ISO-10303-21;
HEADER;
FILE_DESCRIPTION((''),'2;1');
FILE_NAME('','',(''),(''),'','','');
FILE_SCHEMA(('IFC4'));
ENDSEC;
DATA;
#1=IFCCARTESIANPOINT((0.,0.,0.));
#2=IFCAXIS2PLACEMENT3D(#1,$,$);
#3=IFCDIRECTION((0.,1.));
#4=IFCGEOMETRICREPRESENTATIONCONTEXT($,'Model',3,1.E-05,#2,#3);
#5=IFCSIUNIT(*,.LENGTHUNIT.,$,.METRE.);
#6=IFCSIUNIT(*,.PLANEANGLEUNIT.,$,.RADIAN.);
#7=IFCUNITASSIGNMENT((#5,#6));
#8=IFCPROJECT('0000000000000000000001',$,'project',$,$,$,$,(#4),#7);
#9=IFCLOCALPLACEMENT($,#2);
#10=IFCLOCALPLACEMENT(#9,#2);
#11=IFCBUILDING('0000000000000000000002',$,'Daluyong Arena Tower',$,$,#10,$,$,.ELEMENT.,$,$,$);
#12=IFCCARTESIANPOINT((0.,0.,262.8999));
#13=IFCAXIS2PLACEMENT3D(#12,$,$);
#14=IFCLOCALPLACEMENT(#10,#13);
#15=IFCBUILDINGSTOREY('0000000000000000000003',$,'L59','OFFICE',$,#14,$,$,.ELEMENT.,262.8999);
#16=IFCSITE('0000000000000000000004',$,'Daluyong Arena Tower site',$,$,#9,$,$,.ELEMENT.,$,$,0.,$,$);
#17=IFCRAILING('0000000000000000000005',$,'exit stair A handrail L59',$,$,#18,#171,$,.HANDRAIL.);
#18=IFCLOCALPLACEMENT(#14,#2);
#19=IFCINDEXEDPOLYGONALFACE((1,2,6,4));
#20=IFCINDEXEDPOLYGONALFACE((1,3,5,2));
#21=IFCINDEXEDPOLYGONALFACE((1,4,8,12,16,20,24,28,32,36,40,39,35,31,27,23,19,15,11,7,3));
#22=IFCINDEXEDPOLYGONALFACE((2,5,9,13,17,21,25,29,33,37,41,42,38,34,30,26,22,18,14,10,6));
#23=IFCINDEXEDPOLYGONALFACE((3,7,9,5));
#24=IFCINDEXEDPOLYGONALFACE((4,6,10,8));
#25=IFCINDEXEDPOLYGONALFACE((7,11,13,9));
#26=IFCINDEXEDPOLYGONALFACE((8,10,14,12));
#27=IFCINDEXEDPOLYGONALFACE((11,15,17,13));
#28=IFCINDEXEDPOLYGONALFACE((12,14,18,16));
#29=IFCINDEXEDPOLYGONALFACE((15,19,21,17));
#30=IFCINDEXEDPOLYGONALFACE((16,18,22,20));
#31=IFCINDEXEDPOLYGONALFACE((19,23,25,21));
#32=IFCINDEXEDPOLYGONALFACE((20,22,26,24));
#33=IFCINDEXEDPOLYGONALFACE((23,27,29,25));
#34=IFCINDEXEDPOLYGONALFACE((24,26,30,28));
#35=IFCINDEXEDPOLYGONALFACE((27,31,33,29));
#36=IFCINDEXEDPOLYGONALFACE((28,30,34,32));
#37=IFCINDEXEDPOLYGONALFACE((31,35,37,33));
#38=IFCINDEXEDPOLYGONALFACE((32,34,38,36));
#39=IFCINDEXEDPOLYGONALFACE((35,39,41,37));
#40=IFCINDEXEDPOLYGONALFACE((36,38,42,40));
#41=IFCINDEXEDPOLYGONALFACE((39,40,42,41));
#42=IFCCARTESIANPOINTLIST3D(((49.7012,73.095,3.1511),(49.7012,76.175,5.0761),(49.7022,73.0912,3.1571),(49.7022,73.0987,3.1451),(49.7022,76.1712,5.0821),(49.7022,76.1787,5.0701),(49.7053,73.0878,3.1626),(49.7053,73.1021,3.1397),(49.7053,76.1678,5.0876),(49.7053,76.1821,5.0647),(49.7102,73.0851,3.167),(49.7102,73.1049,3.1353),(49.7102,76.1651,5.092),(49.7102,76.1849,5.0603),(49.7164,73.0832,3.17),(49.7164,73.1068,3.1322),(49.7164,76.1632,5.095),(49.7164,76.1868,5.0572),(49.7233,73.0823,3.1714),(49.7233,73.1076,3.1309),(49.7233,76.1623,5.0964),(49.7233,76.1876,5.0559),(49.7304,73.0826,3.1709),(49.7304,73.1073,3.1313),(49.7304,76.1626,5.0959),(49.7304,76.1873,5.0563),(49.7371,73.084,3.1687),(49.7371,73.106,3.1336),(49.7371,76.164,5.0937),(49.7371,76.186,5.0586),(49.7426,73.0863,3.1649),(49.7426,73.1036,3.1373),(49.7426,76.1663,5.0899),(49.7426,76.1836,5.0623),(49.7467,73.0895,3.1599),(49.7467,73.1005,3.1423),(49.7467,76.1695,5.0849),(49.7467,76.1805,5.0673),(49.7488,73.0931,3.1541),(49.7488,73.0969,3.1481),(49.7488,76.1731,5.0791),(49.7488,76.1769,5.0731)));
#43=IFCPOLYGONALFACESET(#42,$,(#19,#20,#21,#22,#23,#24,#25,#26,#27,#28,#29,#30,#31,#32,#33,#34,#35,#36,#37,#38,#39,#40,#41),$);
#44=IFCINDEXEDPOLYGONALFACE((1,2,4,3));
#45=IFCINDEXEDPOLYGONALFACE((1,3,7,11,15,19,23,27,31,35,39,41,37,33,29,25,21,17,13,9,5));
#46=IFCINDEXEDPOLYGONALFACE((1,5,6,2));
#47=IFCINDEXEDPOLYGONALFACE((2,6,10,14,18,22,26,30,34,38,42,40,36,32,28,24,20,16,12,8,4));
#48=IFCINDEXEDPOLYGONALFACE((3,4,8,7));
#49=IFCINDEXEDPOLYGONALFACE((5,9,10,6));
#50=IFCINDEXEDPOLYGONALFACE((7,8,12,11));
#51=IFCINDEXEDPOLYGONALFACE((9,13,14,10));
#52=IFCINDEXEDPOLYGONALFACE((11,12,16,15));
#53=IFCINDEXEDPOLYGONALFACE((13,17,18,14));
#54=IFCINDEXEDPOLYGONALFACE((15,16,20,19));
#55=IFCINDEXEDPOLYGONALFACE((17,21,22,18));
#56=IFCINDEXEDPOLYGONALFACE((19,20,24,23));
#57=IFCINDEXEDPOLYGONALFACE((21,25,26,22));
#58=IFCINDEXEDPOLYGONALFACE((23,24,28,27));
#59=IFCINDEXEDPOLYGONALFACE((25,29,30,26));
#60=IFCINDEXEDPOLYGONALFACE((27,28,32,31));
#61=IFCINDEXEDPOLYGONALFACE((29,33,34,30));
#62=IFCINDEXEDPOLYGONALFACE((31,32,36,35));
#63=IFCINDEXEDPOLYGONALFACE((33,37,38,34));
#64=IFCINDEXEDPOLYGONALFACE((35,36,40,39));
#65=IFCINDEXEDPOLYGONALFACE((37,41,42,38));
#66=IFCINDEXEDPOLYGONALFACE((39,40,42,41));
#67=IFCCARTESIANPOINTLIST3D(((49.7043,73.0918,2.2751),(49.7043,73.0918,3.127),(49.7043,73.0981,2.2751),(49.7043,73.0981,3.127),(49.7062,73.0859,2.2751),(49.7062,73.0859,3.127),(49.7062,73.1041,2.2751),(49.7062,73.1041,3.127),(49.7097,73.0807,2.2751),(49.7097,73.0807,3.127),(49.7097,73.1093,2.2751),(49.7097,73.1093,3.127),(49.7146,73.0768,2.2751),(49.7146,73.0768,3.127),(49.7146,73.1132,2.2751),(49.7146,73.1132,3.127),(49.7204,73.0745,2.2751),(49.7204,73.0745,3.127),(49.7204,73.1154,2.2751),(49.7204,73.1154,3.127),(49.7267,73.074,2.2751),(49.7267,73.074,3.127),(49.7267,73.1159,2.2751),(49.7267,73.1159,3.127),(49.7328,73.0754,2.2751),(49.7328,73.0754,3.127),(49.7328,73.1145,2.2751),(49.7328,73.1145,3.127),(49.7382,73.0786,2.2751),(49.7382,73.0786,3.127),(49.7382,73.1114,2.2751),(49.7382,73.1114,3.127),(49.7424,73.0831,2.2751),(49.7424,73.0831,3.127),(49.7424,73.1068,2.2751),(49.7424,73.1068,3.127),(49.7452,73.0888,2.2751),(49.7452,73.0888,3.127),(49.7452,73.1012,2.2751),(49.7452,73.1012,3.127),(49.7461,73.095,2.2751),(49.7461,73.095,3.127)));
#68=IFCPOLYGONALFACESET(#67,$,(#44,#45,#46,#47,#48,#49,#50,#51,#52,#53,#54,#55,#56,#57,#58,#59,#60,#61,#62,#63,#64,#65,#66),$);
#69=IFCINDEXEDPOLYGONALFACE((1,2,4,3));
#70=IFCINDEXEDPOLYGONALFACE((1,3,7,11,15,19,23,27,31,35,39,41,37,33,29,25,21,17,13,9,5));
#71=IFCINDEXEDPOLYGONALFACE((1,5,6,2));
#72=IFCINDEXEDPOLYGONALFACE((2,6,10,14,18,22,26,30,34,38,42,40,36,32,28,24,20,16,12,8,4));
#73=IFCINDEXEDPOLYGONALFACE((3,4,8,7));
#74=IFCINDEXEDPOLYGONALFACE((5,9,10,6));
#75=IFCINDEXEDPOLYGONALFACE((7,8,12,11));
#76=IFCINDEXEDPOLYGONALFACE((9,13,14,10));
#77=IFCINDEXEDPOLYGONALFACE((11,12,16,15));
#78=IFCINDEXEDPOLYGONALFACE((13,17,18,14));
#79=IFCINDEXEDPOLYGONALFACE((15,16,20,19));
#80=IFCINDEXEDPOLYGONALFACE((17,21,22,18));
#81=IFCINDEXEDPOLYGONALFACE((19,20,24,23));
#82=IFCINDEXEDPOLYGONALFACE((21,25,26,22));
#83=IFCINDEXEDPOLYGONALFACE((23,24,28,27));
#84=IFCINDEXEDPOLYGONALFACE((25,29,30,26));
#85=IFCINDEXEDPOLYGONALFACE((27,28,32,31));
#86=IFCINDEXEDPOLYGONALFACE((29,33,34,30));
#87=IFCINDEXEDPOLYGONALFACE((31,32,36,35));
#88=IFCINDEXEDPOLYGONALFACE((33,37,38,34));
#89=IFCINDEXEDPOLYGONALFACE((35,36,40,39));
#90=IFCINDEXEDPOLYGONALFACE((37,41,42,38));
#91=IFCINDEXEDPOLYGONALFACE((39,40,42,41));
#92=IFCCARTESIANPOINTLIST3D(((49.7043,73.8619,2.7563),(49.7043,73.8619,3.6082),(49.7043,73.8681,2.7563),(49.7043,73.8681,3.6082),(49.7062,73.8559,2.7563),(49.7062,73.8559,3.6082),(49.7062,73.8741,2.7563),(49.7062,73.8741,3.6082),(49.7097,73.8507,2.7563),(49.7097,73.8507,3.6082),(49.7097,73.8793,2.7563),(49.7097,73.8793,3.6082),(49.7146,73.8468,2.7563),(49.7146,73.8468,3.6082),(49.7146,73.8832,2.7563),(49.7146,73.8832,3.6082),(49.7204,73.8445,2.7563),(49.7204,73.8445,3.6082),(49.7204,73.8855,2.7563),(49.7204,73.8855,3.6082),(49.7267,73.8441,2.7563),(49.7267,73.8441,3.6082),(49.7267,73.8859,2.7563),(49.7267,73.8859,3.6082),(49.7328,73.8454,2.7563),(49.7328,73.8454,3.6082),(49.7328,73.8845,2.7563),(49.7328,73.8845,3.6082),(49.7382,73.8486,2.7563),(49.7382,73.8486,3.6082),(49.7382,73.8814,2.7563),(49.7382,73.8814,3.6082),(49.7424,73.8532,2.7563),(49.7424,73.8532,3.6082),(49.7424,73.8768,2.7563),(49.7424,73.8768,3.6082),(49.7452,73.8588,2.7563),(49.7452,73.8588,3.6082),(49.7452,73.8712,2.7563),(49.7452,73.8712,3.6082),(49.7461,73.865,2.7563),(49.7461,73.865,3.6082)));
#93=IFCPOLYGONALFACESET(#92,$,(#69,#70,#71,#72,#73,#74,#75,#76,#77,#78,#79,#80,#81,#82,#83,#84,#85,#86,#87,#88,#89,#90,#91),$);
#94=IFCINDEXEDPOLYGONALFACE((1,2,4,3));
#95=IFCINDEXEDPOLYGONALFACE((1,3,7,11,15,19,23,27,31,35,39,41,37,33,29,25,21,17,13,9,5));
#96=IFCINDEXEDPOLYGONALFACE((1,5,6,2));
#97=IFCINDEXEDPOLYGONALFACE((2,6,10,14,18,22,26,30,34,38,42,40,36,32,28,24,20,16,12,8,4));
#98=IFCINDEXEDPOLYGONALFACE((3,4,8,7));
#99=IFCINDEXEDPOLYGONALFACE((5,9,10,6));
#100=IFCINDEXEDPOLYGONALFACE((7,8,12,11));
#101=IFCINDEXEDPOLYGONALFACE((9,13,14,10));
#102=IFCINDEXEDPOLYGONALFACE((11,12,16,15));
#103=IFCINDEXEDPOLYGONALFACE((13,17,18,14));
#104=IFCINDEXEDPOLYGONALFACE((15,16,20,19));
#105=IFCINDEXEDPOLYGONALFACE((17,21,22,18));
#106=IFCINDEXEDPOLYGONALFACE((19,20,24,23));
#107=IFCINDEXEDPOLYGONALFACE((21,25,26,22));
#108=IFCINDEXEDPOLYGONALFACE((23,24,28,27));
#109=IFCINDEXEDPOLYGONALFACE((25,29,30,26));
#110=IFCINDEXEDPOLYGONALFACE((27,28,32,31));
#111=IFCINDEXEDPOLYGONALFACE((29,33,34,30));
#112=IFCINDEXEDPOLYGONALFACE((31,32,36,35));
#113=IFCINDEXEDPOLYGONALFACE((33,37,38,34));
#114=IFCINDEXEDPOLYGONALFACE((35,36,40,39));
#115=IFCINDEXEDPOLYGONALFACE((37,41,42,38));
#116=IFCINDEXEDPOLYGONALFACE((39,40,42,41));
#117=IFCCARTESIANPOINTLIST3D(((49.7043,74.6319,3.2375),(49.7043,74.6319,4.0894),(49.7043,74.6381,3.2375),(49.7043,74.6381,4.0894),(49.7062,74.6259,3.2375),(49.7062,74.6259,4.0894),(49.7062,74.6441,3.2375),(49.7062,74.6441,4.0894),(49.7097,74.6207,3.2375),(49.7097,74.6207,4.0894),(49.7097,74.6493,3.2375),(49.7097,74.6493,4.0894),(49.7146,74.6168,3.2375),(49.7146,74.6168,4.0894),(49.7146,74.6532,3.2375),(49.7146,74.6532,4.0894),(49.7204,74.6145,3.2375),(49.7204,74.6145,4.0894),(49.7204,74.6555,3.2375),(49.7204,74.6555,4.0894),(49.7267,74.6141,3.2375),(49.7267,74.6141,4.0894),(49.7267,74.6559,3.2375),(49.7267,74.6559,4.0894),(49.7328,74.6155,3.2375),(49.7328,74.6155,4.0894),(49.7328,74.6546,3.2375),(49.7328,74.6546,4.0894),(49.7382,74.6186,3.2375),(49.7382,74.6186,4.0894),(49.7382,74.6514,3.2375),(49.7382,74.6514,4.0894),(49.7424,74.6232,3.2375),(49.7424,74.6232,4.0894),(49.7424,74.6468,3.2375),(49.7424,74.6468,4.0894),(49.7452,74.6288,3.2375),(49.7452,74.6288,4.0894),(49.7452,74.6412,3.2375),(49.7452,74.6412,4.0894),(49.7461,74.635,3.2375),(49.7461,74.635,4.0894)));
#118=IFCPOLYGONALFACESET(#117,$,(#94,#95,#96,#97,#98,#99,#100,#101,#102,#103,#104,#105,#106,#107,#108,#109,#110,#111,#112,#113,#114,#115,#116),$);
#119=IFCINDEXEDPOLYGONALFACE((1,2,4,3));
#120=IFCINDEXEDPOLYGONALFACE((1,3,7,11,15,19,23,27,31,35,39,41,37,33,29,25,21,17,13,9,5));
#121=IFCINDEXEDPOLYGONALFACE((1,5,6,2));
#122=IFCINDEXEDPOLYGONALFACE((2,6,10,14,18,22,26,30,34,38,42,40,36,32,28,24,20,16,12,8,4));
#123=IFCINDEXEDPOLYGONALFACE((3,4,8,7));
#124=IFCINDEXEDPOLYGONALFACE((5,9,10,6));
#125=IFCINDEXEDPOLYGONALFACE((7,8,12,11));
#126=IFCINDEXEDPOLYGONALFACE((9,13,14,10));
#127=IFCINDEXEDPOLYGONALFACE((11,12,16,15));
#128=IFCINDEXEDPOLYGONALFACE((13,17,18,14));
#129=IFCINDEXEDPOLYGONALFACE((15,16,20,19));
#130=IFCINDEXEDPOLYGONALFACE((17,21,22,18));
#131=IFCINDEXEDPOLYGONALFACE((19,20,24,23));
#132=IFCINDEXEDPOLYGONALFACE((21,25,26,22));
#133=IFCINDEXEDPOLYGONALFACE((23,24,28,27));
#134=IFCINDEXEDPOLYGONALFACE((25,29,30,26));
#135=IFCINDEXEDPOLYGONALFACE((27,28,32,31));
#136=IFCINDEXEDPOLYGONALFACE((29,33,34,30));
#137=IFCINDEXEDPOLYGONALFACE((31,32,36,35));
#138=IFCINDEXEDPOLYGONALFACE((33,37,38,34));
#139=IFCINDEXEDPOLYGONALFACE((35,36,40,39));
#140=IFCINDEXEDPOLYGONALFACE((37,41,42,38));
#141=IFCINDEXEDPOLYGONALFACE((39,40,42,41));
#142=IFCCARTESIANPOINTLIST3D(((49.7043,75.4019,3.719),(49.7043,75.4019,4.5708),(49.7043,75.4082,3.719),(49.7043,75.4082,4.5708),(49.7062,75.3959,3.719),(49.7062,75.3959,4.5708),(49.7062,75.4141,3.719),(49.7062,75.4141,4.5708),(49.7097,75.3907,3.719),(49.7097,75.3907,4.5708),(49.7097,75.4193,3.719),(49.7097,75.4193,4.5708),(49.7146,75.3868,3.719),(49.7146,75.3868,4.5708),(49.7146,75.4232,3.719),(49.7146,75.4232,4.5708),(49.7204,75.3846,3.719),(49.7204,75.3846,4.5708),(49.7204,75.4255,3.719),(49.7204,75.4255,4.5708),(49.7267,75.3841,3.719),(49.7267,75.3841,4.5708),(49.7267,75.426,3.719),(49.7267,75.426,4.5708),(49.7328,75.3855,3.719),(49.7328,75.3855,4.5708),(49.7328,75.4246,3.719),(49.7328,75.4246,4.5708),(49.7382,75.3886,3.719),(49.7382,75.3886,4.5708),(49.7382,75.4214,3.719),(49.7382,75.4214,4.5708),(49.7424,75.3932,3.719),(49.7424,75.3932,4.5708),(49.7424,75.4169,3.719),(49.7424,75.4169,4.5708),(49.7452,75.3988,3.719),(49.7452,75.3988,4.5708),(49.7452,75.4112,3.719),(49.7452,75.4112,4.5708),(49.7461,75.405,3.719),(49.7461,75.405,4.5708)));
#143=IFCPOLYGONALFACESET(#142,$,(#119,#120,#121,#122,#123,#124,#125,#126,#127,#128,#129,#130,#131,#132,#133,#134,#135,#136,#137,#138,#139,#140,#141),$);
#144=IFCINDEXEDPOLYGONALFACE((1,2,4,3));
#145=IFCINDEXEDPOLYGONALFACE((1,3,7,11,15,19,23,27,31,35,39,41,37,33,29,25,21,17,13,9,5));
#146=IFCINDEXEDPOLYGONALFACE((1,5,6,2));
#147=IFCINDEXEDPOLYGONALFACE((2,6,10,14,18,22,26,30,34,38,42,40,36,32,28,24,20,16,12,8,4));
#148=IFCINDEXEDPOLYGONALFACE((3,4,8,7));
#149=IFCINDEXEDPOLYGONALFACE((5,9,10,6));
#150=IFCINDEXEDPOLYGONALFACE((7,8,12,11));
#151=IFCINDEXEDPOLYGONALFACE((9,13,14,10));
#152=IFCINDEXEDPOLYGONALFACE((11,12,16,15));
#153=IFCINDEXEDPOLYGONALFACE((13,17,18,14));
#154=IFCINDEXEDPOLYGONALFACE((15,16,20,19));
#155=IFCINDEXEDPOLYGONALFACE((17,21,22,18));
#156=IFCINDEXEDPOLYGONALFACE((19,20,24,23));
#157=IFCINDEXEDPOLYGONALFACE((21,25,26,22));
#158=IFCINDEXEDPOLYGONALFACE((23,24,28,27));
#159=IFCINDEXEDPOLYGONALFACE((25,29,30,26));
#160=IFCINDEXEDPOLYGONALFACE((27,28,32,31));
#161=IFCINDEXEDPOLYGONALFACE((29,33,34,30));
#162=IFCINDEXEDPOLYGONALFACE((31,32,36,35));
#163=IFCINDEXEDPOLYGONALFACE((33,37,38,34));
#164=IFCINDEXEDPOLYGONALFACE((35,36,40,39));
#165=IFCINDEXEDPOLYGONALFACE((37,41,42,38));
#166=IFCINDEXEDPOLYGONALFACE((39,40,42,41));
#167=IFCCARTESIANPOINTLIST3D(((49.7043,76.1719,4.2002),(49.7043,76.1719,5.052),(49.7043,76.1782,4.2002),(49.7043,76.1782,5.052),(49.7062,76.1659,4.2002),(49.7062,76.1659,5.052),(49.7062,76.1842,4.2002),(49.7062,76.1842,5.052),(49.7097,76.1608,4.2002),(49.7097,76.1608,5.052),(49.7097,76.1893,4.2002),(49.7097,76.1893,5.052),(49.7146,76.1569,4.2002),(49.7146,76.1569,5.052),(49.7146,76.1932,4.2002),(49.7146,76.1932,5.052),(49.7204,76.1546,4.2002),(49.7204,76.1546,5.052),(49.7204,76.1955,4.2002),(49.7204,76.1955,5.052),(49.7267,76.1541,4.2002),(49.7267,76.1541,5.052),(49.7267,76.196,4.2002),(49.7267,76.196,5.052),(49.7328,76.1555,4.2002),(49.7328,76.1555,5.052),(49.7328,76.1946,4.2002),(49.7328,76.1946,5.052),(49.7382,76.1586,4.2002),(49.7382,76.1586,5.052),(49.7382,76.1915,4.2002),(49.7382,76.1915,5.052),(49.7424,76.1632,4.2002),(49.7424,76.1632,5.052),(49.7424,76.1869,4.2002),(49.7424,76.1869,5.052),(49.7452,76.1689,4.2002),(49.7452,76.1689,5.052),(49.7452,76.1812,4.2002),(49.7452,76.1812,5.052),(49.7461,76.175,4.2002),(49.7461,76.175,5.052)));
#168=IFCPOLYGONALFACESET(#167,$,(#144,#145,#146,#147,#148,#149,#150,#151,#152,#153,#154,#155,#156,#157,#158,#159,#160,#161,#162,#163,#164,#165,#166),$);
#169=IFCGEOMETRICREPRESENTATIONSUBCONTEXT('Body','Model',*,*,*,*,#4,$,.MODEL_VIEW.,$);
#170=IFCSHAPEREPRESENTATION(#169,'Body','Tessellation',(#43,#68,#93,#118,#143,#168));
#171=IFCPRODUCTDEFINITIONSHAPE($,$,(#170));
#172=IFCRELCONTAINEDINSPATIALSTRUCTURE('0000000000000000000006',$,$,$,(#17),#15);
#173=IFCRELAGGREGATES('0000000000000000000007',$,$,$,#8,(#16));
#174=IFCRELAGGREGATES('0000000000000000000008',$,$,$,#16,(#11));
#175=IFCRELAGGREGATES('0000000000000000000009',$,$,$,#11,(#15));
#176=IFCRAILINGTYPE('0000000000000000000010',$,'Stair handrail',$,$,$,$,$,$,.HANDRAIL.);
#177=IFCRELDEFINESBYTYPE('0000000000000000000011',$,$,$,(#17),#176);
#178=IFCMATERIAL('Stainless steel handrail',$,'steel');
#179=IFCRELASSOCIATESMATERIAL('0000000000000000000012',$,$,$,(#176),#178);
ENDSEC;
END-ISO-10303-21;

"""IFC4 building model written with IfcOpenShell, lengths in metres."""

from ifc_helpers import new_model, si_unit, direction, frame, origin, origin_2d, place, context, subcontext, project, spatial, circle, extrude, material, type_object, element, save


model = new_model("IFC4")

# Units and contexts
model_context = context("Model", 3, precision=1e-05, world=origin(), true_north=direction((0.0, 1.0)))
body_context = subcontext(model_context, "Body", "Model", "MODEL_VIEW")
ifc_project = project(units=[si_unit("LENGTHUNIT", "METRE"), si_unit("PLANEANGLEUNIT", "RADIAN")], contexts=[model_context])

# Site, building, storey
site_placement = place(None, origin())
site = spatial("IfcSite", under=ifc_project, at=site_placement, Name="Daluyong Arena Tower site", CompositionType="ELEMENT", RefElevation=0.0)
building_placement = place(site_placement, origin())
building = spatial("IfcBuilding", under=site, at=building_placement, Name="Daluyong Arena Tower", CompositionType="ELEMENT")
storey_placement = place(building_placement, frame((0.0, 0.0, 262.8999)))
storey = spatial("IfcBuildingStorey", under=building, at=storey_placement, Name="L59", Description="OFFICE", CompositionType="ELEMENT", Elevation=262.8999)

# Railing
ifc_material_1 = material(Name="Stainless steel handrail", Category="steel")
railing_type_1 = type_object("IfcRailingType", Name="Stair handrail", PredefinedType="HANDRAIL", material=ifc_material_1)
railing_1_placement = place(storey_placement, frame((49.7251, 73.095, 2.2751)))
element("IfcRailing", 1, at=railing_1_placement, inside=storey, type_object=railing_type_1, Name="exit stair A handrail L59", PredefinedType="HANDRAIL", context=body_context, shape_type="SweptSolid", body=[
    extrude(circle(Radius=0.0239, at=origin_2d()), frame((0.0, 0.0, 0.876), z_axis=(0.0, 0.847998, 0.529999), x_axis=(-1.0, 0.0, 0.0)), (0.0, 0.0, 1.0), 3.6321),
    extrude(circle(Radius=0.021, at=origin_2d()), origin(), (0.0, 0.0, 1.0), 0.8518),
    extrude(circle(Radius=0.021, at=origin_2d()), frame((0.0, 0.77, 0.4812)), (0.0, 0.0, 1.0), 0.8518),
    extrude(circle(Radius=0.021, at=origin_2d()), frame((0.0, 1.54, 0.9624)), (0.0, 0.0, 1.0), 0.8518),
    extrude(circle(Radius=0.021, at=origin_2d()), frame((0.0, 2.3101, 1.4438)), (0.0, 0.0, 1.0), 0.8518),
    extrude(circle(Radius=0.021, at=origin_2d()), frame((0.0, 3.0801, 1.925)), (0.0, 0.0, 1.0), 0.8518),
])

save(model, "model.ifc")
